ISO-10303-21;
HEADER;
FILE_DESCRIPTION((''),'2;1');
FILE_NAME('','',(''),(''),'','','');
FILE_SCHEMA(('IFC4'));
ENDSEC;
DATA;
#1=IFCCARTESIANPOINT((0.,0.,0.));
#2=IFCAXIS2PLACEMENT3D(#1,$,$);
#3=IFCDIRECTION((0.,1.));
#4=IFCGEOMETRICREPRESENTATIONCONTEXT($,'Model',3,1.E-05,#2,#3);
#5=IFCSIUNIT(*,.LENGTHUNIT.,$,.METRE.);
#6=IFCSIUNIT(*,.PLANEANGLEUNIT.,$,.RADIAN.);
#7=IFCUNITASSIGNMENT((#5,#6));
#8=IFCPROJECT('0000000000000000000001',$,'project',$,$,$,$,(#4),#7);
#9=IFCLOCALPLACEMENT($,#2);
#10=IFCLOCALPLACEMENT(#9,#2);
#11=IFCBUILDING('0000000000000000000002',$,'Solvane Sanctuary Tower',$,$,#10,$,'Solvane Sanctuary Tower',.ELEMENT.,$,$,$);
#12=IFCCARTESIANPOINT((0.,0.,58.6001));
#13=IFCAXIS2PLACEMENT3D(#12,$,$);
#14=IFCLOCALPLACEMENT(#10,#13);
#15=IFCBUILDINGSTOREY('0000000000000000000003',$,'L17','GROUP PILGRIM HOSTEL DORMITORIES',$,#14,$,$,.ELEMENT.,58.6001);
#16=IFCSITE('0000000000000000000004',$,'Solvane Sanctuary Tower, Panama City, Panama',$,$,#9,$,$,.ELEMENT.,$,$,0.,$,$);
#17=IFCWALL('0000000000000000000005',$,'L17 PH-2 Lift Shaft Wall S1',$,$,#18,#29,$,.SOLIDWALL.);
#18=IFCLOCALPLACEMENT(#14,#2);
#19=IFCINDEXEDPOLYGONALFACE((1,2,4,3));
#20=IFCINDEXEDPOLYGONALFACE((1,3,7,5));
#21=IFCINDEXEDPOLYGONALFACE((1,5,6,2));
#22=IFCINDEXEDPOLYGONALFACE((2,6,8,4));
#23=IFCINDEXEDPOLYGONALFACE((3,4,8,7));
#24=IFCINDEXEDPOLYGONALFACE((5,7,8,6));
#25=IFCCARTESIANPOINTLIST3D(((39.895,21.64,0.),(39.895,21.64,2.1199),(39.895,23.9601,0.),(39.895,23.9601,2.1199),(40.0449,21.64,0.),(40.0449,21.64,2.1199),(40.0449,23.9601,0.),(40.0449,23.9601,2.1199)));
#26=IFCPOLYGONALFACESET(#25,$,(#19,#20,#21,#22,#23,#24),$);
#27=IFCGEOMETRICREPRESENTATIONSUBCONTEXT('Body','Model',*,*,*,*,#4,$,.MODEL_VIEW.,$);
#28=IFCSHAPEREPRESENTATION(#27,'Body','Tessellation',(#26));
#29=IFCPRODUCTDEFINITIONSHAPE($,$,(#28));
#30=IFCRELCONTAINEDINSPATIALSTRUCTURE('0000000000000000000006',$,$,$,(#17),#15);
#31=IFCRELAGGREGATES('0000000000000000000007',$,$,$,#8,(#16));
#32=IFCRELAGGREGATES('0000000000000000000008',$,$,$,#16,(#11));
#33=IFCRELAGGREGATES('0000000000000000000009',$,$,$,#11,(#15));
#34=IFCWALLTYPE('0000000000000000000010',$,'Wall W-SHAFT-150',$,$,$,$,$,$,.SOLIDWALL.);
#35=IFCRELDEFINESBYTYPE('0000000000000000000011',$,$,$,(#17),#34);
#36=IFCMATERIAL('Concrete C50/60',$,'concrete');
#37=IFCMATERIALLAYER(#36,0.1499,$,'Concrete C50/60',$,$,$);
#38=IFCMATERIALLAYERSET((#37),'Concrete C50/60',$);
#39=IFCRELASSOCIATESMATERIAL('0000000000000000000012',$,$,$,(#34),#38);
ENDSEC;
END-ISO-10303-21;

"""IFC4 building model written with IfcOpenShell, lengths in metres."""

from ifc_helpers import new_model, si_unit, direction, frame, frame_2d, origin, place, context, subcontext, project, spatial, rectangle, extrude, material, layer, layer_set, type_object, element, save


model = new_model("IFC4")

# Units and contexts
model_context = context("Model", 3, precision=1e-05, world=origin(), true_north=direction((0.0, 1.0)))
body_context = subcontext(model_context, "Body", "Model", "MODEL_VIEW")
ifc_project = project(units=[si_unit("LENGTHUNIT", "METRE"), si_unit("PLANEANGLEUNIT", "RADIAN")], contexts=[model_context])

# Site, building, storey
site_placement = place(None, origin())
site = spatial("IfcSite", under=ifc_project, at=site_placement, Name="Solvane Sanctuary Tower, Panama City, Panama", CompositionType="ELEMENT", RefElevation=0.0)
building_placement = place(site_placement, origin())
building = spatial("IfcBuilding", under=site, at=building_placement, Name="Solvane Sanctuary Tower", LongName="Solvane Sanctuary Tower", CompositionType="ELEMENT")
storey_placement = place(building_placement, frame((0.0, 0.0, 58.6001)))
storey = spatial("IfcBuildingStorey", under=building, at=storey_placement, Name="L17", Description="GROUP PILGRIM HOSTEL DORMITORIES", CompositionType="ELEMENT", Elevation=58.6001)

# Wall
ifc_material_1 = material(Name="Concrete C50/60", Category="concrete")
ifc_layer_1 = layer(ifc_material_1, 0.1499, Name="Concrete C50/60")
ifc_layer_set_1 = layer_set([ifc_layer_1], Name="Concrete C50/60")
wall_type_1 = type_object("IfcWallType", Name="Wall W-SHAFT-150", PredefinedType="SOLIDWALL", material=ifc_layer_set_1)
wall_1_placement = place(storey_placement, frame((39.97, 21.6399, 0.0), z_axis=(0.0, 0.0, 1.0), x_axis=(0.0, 1.0, 0.0)))
element("IfcWall", 1, at=wall_1_placement, inside=storey, type_object=wall_type_1, Name="L17 PH-2 Lift Shaft Wall S1", PredefinedType="SOLIDWALL", context=body_context, shape_type="SweptSolid", body=[
    extrude(rectangle(XDim=2.3201, YDim=0.1499, at=frame_2d((1.1602, 0.0))), origin(), (0.0, 0.0, 1.0), 2.1199),
])

save(model, "model.ifc")
